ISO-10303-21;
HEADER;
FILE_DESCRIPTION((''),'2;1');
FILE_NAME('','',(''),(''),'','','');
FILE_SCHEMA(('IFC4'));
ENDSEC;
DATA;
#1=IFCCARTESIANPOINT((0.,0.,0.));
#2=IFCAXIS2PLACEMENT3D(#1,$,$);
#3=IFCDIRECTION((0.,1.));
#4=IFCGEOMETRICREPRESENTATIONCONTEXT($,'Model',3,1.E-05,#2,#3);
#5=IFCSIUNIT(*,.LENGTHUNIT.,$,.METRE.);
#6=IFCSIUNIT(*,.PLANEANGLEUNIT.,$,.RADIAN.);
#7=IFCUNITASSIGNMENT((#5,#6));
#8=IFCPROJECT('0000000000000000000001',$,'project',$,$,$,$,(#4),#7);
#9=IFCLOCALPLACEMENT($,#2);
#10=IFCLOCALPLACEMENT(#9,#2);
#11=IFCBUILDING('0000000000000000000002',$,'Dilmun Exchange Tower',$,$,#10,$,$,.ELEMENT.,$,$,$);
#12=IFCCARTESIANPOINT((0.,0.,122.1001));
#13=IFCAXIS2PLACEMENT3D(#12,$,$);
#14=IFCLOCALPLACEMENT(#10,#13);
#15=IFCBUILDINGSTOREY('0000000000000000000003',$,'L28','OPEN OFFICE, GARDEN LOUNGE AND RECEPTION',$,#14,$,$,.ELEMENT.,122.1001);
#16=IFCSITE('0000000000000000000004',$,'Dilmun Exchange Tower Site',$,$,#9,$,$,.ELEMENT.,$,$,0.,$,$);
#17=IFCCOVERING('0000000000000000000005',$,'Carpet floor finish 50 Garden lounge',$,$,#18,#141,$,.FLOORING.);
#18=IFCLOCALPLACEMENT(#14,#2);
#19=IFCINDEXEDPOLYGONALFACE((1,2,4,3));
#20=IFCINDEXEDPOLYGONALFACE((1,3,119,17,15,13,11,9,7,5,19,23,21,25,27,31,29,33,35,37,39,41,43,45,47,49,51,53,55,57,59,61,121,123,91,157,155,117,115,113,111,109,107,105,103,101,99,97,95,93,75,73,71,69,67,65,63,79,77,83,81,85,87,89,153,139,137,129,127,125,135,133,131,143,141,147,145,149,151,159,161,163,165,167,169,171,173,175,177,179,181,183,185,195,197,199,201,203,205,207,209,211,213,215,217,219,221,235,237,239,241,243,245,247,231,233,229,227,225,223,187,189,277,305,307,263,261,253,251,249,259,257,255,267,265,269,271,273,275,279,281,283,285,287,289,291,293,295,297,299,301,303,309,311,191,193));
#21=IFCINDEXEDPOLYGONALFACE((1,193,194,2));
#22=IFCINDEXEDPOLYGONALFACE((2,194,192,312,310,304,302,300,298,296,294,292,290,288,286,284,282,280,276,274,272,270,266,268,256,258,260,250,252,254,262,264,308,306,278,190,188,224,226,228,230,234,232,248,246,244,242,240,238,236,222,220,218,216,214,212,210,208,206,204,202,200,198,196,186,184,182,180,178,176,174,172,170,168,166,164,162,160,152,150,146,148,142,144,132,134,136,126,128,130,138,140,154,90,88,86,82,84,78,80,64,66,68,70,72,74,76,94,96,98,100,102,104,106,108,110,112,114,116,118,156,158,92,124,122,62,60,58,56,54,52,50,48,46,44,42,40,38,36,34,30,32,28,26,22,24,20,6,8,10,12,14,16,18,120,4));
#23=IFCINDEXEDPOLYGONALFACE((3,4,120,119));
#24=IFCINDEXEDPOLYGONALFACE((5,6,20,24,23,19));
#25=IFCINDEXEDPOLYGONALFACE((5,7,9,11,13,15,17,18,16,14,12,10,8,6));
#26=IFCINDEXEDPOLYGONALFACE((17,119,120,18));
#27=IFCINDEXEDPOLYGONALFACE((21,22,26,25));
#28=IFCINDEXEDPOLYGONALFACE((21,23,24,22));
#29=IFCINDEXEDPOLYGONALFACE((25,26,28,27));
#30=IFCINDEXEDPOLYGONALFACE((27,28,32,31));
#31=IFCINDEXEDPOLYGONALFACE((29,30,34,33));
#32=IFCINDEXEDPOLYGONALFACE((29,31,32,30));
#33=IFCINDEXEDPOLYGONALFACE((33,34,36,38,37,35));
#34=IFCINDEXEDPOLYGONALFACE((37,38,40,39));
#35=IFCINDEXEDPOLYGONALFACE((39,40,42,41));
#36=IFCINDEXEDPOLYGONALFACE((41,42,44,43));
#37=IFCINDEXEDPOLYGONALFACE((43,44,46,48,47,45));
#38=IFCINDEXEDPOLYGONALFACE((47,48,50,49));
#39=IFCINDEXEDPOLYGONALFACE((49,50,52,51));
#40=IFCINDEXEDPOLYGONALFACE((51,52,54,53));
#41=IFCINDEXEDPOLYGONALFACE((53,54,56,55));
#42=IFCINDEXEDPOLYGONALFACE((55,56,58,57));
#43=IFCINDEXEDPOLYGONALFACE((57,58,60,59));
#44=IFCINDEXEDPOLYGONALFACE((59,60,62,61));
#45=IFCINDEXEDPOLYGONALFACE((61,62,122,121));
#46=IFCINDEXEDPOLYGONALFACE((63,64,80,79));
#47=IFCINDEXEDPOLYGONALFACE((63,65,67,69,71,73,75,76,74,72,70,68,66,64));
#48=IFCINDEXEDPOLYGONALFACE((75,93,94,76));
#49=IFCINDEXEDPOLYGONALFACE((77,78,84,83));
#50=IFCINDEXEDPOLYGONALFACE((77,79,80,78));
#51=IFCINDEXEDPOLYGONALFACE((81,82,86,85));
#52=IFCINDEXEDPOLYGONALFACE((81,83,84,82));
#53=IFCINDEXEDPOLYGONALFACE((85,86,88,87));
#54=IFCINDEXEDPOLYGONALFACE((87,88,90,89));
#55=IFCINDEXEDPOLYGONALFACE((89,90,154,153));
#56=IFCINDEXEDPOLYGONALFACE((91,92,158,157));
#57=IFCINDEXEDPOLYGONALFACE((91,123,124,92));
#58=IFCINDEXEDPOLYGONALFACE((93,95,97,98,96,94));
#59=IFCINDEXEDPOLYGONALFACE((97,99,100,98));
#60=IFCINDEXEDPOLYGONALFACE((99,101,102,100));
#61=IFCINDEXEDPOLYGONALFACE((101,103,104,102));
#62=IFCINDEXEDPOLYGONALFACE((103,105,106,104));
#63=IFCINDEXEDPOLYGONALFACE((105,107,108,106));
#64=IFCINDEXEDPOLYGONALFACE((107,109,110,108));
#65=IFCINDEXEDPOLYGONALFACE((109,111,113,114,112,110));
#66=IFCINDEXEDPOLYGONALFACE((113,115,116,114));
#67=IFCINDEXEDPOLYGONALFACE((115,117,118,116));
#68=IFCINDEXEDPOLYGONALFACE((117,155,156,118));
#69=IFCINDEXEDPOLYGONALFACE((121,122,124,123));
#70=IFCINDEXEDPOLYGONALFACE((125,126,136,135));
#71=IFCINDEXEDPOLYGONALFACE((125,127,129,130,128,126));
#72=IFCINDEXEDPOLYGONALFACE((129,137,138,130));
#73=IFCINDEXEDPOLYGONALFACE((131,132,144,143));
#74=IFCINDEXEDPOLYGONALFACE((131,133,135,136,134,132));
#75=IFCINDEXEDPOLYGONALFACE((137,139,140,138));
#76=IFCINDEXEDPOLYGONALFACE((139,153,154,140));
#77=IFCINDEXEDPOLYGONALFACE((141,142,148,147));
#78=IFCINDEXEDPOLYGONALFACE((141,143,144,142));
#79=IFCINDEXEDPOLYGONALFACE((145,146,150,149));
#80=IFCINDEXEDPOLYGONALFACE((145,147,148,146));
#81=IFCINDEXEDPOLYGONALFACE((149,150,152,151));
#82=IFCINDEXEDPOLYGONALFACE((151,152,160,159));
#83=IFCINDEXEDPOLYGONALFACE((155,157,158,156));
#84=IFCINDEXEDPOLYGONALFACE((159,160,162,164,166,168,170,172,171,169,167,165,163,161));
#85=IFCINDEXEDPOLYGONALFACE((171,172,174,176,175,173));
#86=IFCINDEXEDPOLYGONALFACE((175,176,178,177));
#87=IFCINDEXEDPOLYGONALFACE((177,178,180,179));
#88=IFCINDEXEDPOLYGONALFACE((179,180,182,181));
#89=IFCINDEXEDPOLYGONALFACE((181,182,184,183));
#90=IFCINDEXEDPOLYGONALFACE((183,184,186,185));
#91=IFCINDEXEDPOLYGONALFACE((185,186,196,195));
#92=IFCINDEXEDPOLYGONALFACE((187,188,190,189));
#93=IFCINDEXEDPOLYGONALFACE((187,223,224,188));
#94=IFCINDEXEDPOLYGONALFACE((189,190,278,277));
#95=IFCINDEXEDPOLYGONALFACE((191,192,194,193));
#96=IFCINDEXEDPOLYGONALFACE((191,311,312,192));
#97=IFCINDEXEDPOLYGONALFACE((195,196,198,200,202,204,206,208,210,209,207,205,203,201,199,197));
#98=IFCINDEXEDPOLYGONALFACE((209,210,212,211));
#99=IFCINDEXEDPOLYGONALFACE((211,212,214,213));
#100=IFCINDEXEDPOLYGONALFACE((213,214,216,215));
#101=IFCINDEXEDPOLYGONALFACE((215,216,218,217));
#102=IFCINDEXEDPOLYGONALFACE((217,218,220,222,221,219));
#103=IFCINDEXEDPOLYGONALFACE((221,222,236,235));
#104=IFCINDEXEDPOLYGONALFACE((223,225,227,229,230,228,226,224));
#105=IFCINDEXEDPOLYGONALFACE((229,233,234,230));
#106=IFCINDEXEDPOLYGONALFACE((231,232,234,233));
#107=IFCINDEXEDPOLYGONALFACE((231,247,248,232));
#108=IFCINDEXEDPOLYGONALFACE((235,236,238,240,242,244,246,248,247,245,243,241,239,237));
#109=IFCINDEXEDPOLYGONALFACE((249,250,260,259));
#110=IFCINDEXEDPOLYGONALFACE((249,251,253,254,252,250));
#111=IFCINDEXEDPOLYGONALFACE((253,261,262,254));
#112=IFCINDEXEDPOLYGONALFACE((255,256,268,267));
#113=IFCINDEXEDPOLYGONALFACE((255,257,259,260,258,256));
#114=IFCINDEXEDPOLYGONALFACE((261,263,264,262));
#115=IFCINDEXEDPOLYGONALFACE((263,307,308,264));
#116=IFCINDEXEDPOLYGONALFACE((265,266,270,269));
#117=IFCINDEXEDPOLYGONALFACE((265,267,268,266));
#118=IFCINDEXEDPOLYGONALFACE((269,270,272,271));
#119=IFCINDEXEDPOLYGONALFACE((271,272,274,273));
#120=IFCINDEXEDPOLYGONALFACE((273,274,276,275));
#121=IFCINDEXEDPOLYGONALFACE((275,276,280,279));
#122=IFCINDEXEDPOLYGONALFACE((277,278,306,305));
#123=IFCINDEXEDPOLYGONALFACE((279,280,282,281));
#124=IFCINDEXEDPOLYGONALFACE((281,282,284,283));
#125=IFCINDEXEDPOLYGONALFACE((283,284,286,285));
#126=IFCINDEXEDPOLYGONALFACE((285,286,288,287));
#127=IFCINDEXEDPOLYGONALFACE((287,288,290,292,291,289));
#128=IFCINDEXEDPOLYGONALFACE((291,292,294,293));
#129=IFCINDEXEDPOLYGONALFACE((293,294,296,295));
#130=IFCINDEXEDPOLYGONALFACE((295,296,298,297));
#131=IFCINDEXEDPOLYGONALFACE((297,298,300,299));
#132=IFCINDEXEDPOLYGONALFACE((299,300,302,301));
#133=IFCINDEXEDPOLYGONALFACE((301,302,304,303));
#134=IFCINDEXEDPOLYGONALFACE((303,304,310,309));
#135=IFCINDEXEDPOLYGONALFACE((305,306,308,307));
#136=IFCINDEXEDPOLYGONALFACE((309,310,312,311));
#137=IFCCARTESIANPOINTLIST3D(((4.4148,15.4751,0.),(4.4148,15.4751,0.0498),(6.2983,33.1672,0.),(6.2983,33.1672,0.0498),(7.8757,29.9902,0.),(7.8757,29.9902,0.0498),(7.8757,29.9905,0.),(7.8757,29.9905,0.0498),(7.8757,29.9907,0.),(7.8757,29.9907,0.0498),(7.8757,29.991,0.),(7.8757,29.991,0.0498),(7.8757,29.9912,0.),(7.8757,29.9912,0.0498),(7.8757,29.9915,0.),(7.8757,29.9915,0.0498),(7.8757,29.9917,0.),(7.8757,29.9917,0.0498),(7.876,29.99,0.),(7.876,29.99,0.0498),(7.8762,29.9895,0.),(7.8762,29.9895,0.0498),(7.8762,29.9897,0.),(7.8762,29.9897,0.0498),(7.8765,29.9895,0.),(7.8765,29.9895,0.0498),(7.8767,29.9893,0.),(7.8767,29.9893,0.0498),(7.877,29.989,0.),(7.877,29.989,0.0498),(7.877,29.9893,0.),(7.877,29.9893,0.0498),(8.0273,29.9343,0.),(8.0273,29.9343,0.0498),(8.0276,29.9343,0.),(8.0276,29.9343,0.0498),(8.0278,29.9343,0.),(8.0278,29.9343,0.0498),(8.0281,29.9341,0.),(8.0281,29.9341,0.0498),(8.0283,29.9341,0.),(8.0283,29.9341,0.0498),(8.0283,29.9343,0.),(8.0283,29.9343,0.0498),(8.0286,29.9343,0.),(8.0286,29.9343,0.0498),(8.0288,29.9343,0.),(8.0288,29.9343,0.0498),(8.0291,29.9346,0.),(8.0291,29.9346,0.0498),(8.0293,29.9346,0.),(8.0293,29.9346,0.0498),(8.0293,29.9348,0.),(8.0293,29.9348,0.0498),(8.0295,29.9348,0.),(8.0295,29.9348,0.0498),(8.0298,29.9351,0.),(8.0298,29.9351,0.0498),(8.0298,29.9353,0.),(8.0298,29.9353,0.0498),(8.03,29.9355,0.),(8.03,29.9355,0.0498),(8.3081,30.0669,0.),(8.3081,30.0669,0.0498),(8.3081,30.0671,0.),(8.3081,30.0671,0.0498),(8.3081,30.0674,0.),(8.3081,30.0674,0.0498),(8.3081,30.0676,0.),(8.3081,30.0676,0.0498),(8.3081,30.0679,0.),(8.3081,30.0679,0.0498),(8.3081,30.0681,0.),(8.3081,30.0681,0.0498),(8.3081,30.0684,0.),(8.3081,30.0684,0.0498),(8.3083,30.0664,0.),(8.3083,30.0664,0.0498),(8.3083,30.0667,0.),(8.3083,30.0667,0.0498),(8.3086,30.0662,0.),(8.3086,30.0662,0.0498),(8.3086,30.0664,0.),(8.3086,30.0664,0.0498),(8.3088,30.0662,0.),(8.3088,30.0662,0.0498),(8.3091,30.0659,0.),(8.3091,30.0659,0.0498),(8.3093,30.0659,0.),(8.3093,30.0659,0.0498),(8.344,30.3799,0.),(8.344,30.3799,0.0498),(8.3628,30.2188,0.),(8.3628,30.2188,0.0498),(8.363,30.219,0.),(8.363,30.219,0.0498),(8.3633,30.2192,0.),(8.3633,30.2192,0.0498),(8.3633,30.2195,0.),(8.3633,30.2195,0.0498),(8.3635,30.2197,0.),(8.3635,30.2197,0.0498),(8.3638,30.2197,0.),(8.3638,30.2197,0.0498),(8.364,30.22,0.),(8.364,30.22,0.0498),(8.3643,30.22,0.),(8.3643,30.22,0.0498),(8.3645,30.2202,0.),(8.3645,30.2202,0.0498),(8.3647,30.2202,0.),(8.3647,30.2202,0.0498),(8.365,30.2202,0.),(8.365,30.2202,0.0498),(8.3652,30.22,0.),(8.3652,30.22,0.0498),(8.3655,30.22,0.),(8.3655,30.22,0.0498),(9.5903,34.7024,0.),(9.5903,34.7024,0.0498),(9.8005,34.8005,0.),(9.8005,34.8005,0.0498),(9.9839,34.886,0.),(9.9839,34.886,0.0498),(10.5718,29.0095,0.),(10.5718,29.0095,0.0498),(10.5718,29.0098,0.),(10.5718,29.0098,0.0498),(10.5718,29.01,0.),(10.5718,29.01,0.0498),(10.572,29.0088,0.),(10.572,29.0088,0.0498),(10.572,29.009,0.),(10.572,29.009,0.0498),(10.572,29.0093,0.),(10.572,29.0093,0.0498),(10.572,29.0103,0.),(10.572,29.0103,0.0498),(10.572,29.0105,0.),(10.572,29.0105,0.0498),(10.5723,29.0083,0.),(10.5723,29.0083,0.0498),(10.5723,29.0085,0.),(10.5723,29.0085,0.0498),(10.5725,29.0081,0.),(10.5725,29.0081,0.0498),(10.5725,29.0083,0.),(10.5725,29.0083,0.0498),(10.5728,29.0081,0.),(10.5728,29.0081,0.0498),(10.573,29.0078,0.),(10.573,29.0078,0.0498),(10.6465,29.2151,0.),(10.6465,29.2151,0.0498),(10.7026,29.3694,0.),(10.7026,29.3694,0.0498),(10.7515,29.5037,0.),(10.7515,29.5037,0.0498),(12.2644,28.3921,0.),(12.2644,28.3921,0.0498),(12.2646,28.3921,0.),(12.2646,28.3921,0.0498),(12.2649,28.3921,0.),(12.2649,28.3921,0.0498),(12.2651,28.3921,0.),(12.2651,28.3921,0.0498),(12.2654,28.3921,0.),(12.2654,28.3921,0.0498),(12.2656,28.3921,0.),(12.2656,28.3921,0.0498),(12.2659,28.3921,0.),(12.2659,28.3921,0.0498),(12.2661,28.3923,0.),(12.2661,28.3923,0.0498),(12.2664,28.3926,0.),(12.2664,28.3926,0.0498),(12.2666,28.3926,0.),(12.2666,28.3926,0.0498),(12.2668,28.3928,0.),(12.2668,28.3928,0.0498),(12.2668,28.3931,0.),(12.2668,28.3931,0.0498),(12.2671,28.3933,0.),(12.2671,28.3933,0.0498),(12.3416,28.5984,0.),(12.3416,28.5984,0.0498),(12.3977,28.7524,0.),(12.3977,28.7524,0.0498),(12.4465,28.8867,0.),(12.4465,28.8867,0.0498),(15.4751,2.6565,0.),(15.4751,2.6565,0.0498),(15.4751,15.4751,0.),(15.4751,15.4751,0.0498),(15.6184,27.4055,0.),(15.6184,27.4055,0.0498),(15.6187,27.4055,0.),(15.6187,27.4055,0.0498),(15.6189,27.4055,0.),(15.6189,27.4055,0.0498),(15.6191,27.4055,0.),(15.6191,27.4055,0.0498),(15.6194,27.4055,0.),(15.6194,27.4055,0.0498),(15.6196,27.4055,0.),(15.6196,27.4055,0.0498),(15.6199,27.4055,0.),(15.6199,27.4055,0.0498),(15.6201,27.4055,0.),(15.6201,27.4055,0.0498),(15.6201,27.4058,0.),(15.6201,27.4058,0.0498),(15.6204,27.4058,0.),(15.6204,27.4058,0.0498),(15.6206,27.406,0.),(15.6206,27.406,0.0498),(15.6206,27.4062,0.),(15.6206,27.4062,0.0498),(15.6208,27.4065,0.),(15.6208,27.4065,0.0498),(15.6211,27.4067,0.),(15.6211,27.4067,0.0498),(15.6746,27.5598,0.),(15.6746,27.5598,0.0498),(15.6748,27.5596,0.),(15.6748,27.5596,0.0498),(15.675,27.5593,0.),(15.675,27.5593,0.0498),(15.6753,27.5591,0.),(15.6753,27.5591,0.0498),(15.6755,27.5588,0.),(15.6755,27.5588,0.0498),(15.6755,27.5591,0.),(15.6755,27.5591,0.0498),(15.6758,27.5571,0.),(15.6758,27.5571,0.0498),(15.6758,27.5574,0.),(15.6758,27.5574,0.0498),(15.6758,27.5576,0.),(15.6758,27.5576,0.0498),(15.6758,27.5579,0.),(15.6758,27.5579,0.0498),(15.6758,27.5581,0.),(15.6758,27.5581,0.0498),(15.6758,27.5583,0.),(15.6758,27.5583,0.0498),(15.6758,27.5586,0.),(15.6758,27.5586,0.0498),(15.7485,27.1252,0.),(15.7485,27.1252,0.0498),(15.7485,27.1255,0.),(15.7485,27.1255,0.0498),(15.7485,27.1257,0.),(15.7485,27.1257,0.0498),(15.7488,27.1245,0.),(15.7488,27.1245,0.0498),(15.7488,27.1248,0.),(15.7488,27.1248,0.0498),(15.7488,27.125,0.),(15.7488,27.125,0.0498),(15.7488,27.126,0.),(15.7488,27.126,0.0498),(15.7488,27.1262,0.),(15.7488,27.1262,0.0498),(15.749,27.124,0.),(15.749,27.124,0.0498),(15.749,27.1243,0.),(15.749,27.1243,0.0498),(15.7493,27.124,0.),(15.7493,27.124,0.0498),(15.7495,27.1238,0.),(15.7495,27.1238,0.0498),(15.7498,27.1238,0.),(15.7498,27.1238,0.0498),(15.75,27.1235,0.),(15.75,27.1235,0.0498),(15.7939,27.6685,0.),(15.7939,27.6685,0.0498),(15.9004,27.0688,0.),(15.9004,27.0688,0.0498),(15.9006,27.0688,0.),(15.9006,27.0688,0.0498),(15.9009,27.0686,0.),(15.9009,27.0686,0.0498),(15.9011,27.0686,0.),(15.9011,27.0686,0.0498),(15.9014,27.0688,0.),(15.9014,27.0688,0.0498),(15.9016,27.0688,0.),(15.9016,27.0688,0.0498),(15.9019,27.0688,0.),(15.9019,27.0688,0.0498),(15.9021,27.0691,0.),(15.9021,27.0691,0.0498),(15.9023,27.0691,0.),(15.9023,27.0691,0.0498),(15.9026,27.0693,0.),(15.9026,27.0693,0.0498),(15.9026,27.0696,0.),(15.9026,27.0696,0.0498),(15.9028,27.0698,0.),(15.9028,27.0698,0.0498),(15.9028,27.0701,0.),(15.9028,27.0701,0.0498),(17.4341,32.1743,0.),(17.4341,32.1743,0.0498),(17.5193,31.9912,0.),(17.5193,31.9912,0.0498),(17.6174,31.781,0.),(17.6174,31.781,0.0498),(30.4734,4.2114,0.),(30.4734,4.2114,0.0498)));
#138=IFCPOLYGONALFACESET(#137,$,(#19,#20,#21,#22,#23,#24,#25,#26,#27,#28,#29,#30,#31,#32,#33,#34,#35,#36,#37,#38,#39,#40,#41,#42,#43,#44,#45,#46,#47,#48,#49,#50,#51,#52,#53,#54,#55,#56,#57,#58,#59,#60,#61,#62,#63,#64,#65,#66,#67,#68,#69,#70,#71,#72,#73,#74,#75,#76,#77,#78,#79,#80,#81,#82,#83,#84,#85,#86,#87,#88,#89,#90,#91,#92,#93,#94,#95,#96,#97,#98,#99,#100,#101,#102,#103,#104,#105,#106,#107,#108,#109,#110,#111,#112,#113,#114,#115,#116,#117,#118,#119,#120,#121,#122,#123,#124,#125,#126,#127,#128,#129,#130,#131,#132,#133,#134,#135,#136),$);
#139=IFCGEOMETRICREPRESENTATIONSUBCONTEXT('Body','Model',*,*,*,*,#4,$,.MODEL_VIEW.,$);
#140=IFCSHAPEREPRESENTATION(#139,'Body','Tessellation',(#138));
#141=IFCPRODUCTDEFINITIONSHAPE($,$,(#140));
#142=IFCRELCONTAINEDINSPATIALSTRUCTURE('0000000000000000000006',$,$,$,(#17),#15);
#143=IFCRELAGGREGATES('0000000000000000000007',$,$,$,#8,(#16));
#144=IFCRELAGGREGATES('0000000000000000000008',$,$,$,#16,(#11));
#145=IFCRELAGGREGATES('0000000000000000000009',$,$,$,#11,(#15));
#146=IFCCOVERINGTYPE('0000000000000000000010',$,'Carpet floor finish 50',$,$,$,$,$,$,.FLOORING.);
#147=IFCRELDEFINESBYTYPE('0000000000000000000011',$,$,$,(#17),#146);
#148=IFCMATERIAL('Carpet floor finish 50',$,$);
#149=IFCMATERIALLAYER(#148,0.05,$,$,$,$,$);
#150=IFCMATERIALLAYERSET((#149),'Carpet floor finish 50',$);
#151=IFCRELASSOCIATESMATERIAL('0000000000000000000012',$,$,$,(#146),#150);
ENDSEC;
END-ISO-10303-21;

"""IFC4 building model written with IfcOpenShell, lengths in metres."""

from ifc_helpers import new_model, si_unit, direction, frame, origin, place, context, subcontext, project, spatial, polyline, outline, extrude, material, layer, layer_set, type_object, element, save


model = new_model("IFC4")

# Units and contexts
model_context = context("Model", 3, precision=1e-05, world=origin(), true_north=direction((0.0, 1.0)))
body_context = subcontext(model_context, "Body", "Model", "MODEL_VIEW")
ifc_project = project(units=[si_unit("LENGTHUNIT", "METRE"), si_unit("PLANEANGLEUNIT", "RADIAN")], contexts=[model_context])

# Site, building, storey
site_placement = place(None, origin())
site = spatial("IfcSite", under=ifc_project, at=site_placement, Name="Dilmun Exchange Tower Site", CompositionType="ELEMENT", RefElevation=0.0)
building_placement = place(site_placement, origin())
building = spatial("IfcBuilding", under=site, at=building_placement, Name="Dilmun Exchange Tower", CompositionType="ELEMENT")
storey_placement = place(building_placement, frame((0.0, 0.0, 122.1001)))
storey = spatial("IfcBuildingStorey", under=building, at=storey_placement, Name="L28", Description="OPEN OFFICE, GARDEN LOUNGE AND RECEPTION", CompositionType="ELEMENT", Elevation=122.1001)

# Covering
ifc_material_1 = material(Name="Carpet floor finish 50")
ifc_layer_1 = layer(ifc_material_1, 0.05)
ifc_layer_set_1 = layer_set([ifc_layer_1], Name="Carpet floor finish 50")
covering_type_1 = type_object("IfcCoveringType", Name="Carpet floor finish 50", PredefinedType="FLOORING", material=ifc_layer_set_1)
covering_1_placement = place(storey_placement, origin())
element("IfcCovering", 1, at=covering_1_placement, inside=storey, type_object=covering_type_1, Name="Carpet floor finish 50 Garden lounge", PredefinedType="FLOORING", context=body_context, shape_type="SweptSolid", body=[
    extrude(outline(polyline([(8.344, 30.3799), (10.7515, 29.5037), (10.7026, 29.3694), (8.3655, 30.22), (8.3652, 30.22), (8.365, 30.2202), (8.365, 30.2202), (8.3647, 30.2202), (8.3645, 30.2202), (8.3643, 30.22), (8.364, 30.22), (8.364, 30.22), (8.3638, 30.2197), (8.3635, 30.2197), (8.3633, 30.2195), (8.3633, 30.2195), (8.3633, 30.2192), (8.363, 30.219), (8.363, 30.219), (8.3628, 30.2188), (8.3081, 30.0684), (8.3081, 30.0681), (8.3081, 30.0681), (8.3081, 30.0679), (8.3081, 30.0676), (8.3081, 30.0674), (8.3081, 30.0671), (8.3081, 30.0671), (8.3081, 30.0669), (8.3083, 30.0667), (8.3083, 30.0664), (8.3086, 30.0664), (8.3086, 30.0662), (8.3088, 30.0662), (8.3091, 30.0659), (8.3091, 30.0659), (8.3093, 30.0659), (10.6465, 29.2151), (10.572, 29.0105), (10.572, 29.0103), (10.5718, 29.01), (10.5718, 29.0098), (10.5718, 29.0095), (10.5718, 29.0095), (10.572, 29.0093), (10.572, 29.009), (10.572, 29.0088), (10.572, 29.0088), (10.5723, 29.0085), (10.5723, 29.0083), (10.5725, 29.0083), (10.5725, 29.0081), (10.5728, 29.0081), (10.573, 29.0078), (10.573, 29.0078), (12.2644, 28.3921), (12.2646, 28.3921), (12.2649, 28.3921), (12.2651, 28.3921), (12.2654, 28.3921), (12.2654, 28.3921), (12.2656, 28.3921), (12.2659, 28.3921), (12.2661, 28.3923), (12.2661, 28.3923), (12.2664, 28.3926), (12.2666, 28.3926), (12.2666, 28.3926), (12.2668, 28.3928), (12.2668, 28.3931), (12.2671, 28.3933), (12.2671, 28.3933), (12.3416, 28.5984), (15.6184, 27.4055), (15.6187, 27.4055), (15.6189, 27.4055), (15.6189, 27.4055), (15.6191, 27.4055), (15.6194, 27.4055), (15.6196, 27.4055), (15.6199, 27.4055), (15.6201, 27.4055), (15.6201, 27.4058), (15.6204, 27.4058), (15.6206, 27.406), (15.6206, 27.406), (15.6206, 27.4062), (15.6208, 27.4065), (15.6208, 27.4065), (15.6211, 27.4067), (15.6758, 27.5571), (15.6758, 27.5574), (15.6758, 27.5576), (15.6758, 27.5576), (15.6758, 27.5579), (15.6758, 27.5581), (15.6758, 27.5583), (15.6758, 27.5583), (15.6758, 27.5586), (15.6755, 27.5588), (15.6755, 27.5591), (15.6753, 27.5591), (15.6753, 27.5591), (15.675, 27.5593), (15.6748, 27.5596), (15.6748, 27.5596), (15.6746, 27.5598), (12.3977, 28.7524), (12.4465, 28.8867), (15.7939, 27.6685), (17.4341, 32.1743), (17.5193, 31.9912), (15.7488, 27.1262), (15.7488, 27.126), (15.7485, 27.1257), (15.7485, 27.1255), (15.7485, 27.1255), (15.7485, 27.1252), (15.7488, 27.125), (15.7488, 27.1248), (15.7488, 27.1245), (15.7488, 27.1245), (15.749, 27.1243), (15.749, 27.124), (15.7493, 27.124), (15.7495, 27.1238), (15.7495, 27.1238), (15.7498, 27.1238), (15.75, 27.1235), (15.9004, 27.0688), (15.9004, 27.0688), (15.9006, 27.0688), (15.9009, 27.0686), (15.9011, 27.0686), (15.9014, 27.0688), (15.9016, 27.0688), (15.9016, 27.0688), (15.9019, 27.0688), (15.9021, 27.0691), (15.9021, 27.0691), (15.9023, 27.0691), (15.9026, 27.0693), (15.9026, 27.0696), (15.9026, 27.0696), (15.9028, 27.0698), (15.9028, 27.0701), (17.6174, 31.781), (30.4734, 4.2114), (15.4751, 2.6565), (15.4751, 15.4751), (4.4148, 15.4751), (6.2983, 33.1672), (9.5903, 34.7024), (7.8757, 29.9917), (7.8757, 29.9915), (7.8757, 29.9912), (7.8757, 29.9912), (7.8757, 29.991), (7.8757, 29.9907), (7.8757, 29.9905), (7.8757, 29.9902), (7.876, 29.99), (7.876, 29.99), (7.8762, 29.9897), (7.8762, 29.9895), (7.8765, 29.9895), (7.8765, 29.9895), (7.8767, 29.9893), (7.877, 29.9893), (7.877, 29.989), (8.0273, 29.9343), (8.0276, 29.9343), (8.0278, 29.9343), (8.0281, 29.9341), (8.0283, 29.9341), (8.0283, 29.9343), (8.0286, 29.9343), (8.0288, 29.9343), (8.0288, 29.9343), (8.0291, 29.9346), (8.0293, 29.9346), (8.0293, 29.9348), (8.0295, 29.9348), (8.0298, 29.9351), (8.0298, 29.9353), (8.0298, 29.9353), (8.03, 29.9355), (9.8005, 34.8005), (9.9839, 34.886), (8.344, 30.3799)])), origin(), (0.0, 0.0, 1.0), 0.0498),
])

save(model, "model.ifc")
